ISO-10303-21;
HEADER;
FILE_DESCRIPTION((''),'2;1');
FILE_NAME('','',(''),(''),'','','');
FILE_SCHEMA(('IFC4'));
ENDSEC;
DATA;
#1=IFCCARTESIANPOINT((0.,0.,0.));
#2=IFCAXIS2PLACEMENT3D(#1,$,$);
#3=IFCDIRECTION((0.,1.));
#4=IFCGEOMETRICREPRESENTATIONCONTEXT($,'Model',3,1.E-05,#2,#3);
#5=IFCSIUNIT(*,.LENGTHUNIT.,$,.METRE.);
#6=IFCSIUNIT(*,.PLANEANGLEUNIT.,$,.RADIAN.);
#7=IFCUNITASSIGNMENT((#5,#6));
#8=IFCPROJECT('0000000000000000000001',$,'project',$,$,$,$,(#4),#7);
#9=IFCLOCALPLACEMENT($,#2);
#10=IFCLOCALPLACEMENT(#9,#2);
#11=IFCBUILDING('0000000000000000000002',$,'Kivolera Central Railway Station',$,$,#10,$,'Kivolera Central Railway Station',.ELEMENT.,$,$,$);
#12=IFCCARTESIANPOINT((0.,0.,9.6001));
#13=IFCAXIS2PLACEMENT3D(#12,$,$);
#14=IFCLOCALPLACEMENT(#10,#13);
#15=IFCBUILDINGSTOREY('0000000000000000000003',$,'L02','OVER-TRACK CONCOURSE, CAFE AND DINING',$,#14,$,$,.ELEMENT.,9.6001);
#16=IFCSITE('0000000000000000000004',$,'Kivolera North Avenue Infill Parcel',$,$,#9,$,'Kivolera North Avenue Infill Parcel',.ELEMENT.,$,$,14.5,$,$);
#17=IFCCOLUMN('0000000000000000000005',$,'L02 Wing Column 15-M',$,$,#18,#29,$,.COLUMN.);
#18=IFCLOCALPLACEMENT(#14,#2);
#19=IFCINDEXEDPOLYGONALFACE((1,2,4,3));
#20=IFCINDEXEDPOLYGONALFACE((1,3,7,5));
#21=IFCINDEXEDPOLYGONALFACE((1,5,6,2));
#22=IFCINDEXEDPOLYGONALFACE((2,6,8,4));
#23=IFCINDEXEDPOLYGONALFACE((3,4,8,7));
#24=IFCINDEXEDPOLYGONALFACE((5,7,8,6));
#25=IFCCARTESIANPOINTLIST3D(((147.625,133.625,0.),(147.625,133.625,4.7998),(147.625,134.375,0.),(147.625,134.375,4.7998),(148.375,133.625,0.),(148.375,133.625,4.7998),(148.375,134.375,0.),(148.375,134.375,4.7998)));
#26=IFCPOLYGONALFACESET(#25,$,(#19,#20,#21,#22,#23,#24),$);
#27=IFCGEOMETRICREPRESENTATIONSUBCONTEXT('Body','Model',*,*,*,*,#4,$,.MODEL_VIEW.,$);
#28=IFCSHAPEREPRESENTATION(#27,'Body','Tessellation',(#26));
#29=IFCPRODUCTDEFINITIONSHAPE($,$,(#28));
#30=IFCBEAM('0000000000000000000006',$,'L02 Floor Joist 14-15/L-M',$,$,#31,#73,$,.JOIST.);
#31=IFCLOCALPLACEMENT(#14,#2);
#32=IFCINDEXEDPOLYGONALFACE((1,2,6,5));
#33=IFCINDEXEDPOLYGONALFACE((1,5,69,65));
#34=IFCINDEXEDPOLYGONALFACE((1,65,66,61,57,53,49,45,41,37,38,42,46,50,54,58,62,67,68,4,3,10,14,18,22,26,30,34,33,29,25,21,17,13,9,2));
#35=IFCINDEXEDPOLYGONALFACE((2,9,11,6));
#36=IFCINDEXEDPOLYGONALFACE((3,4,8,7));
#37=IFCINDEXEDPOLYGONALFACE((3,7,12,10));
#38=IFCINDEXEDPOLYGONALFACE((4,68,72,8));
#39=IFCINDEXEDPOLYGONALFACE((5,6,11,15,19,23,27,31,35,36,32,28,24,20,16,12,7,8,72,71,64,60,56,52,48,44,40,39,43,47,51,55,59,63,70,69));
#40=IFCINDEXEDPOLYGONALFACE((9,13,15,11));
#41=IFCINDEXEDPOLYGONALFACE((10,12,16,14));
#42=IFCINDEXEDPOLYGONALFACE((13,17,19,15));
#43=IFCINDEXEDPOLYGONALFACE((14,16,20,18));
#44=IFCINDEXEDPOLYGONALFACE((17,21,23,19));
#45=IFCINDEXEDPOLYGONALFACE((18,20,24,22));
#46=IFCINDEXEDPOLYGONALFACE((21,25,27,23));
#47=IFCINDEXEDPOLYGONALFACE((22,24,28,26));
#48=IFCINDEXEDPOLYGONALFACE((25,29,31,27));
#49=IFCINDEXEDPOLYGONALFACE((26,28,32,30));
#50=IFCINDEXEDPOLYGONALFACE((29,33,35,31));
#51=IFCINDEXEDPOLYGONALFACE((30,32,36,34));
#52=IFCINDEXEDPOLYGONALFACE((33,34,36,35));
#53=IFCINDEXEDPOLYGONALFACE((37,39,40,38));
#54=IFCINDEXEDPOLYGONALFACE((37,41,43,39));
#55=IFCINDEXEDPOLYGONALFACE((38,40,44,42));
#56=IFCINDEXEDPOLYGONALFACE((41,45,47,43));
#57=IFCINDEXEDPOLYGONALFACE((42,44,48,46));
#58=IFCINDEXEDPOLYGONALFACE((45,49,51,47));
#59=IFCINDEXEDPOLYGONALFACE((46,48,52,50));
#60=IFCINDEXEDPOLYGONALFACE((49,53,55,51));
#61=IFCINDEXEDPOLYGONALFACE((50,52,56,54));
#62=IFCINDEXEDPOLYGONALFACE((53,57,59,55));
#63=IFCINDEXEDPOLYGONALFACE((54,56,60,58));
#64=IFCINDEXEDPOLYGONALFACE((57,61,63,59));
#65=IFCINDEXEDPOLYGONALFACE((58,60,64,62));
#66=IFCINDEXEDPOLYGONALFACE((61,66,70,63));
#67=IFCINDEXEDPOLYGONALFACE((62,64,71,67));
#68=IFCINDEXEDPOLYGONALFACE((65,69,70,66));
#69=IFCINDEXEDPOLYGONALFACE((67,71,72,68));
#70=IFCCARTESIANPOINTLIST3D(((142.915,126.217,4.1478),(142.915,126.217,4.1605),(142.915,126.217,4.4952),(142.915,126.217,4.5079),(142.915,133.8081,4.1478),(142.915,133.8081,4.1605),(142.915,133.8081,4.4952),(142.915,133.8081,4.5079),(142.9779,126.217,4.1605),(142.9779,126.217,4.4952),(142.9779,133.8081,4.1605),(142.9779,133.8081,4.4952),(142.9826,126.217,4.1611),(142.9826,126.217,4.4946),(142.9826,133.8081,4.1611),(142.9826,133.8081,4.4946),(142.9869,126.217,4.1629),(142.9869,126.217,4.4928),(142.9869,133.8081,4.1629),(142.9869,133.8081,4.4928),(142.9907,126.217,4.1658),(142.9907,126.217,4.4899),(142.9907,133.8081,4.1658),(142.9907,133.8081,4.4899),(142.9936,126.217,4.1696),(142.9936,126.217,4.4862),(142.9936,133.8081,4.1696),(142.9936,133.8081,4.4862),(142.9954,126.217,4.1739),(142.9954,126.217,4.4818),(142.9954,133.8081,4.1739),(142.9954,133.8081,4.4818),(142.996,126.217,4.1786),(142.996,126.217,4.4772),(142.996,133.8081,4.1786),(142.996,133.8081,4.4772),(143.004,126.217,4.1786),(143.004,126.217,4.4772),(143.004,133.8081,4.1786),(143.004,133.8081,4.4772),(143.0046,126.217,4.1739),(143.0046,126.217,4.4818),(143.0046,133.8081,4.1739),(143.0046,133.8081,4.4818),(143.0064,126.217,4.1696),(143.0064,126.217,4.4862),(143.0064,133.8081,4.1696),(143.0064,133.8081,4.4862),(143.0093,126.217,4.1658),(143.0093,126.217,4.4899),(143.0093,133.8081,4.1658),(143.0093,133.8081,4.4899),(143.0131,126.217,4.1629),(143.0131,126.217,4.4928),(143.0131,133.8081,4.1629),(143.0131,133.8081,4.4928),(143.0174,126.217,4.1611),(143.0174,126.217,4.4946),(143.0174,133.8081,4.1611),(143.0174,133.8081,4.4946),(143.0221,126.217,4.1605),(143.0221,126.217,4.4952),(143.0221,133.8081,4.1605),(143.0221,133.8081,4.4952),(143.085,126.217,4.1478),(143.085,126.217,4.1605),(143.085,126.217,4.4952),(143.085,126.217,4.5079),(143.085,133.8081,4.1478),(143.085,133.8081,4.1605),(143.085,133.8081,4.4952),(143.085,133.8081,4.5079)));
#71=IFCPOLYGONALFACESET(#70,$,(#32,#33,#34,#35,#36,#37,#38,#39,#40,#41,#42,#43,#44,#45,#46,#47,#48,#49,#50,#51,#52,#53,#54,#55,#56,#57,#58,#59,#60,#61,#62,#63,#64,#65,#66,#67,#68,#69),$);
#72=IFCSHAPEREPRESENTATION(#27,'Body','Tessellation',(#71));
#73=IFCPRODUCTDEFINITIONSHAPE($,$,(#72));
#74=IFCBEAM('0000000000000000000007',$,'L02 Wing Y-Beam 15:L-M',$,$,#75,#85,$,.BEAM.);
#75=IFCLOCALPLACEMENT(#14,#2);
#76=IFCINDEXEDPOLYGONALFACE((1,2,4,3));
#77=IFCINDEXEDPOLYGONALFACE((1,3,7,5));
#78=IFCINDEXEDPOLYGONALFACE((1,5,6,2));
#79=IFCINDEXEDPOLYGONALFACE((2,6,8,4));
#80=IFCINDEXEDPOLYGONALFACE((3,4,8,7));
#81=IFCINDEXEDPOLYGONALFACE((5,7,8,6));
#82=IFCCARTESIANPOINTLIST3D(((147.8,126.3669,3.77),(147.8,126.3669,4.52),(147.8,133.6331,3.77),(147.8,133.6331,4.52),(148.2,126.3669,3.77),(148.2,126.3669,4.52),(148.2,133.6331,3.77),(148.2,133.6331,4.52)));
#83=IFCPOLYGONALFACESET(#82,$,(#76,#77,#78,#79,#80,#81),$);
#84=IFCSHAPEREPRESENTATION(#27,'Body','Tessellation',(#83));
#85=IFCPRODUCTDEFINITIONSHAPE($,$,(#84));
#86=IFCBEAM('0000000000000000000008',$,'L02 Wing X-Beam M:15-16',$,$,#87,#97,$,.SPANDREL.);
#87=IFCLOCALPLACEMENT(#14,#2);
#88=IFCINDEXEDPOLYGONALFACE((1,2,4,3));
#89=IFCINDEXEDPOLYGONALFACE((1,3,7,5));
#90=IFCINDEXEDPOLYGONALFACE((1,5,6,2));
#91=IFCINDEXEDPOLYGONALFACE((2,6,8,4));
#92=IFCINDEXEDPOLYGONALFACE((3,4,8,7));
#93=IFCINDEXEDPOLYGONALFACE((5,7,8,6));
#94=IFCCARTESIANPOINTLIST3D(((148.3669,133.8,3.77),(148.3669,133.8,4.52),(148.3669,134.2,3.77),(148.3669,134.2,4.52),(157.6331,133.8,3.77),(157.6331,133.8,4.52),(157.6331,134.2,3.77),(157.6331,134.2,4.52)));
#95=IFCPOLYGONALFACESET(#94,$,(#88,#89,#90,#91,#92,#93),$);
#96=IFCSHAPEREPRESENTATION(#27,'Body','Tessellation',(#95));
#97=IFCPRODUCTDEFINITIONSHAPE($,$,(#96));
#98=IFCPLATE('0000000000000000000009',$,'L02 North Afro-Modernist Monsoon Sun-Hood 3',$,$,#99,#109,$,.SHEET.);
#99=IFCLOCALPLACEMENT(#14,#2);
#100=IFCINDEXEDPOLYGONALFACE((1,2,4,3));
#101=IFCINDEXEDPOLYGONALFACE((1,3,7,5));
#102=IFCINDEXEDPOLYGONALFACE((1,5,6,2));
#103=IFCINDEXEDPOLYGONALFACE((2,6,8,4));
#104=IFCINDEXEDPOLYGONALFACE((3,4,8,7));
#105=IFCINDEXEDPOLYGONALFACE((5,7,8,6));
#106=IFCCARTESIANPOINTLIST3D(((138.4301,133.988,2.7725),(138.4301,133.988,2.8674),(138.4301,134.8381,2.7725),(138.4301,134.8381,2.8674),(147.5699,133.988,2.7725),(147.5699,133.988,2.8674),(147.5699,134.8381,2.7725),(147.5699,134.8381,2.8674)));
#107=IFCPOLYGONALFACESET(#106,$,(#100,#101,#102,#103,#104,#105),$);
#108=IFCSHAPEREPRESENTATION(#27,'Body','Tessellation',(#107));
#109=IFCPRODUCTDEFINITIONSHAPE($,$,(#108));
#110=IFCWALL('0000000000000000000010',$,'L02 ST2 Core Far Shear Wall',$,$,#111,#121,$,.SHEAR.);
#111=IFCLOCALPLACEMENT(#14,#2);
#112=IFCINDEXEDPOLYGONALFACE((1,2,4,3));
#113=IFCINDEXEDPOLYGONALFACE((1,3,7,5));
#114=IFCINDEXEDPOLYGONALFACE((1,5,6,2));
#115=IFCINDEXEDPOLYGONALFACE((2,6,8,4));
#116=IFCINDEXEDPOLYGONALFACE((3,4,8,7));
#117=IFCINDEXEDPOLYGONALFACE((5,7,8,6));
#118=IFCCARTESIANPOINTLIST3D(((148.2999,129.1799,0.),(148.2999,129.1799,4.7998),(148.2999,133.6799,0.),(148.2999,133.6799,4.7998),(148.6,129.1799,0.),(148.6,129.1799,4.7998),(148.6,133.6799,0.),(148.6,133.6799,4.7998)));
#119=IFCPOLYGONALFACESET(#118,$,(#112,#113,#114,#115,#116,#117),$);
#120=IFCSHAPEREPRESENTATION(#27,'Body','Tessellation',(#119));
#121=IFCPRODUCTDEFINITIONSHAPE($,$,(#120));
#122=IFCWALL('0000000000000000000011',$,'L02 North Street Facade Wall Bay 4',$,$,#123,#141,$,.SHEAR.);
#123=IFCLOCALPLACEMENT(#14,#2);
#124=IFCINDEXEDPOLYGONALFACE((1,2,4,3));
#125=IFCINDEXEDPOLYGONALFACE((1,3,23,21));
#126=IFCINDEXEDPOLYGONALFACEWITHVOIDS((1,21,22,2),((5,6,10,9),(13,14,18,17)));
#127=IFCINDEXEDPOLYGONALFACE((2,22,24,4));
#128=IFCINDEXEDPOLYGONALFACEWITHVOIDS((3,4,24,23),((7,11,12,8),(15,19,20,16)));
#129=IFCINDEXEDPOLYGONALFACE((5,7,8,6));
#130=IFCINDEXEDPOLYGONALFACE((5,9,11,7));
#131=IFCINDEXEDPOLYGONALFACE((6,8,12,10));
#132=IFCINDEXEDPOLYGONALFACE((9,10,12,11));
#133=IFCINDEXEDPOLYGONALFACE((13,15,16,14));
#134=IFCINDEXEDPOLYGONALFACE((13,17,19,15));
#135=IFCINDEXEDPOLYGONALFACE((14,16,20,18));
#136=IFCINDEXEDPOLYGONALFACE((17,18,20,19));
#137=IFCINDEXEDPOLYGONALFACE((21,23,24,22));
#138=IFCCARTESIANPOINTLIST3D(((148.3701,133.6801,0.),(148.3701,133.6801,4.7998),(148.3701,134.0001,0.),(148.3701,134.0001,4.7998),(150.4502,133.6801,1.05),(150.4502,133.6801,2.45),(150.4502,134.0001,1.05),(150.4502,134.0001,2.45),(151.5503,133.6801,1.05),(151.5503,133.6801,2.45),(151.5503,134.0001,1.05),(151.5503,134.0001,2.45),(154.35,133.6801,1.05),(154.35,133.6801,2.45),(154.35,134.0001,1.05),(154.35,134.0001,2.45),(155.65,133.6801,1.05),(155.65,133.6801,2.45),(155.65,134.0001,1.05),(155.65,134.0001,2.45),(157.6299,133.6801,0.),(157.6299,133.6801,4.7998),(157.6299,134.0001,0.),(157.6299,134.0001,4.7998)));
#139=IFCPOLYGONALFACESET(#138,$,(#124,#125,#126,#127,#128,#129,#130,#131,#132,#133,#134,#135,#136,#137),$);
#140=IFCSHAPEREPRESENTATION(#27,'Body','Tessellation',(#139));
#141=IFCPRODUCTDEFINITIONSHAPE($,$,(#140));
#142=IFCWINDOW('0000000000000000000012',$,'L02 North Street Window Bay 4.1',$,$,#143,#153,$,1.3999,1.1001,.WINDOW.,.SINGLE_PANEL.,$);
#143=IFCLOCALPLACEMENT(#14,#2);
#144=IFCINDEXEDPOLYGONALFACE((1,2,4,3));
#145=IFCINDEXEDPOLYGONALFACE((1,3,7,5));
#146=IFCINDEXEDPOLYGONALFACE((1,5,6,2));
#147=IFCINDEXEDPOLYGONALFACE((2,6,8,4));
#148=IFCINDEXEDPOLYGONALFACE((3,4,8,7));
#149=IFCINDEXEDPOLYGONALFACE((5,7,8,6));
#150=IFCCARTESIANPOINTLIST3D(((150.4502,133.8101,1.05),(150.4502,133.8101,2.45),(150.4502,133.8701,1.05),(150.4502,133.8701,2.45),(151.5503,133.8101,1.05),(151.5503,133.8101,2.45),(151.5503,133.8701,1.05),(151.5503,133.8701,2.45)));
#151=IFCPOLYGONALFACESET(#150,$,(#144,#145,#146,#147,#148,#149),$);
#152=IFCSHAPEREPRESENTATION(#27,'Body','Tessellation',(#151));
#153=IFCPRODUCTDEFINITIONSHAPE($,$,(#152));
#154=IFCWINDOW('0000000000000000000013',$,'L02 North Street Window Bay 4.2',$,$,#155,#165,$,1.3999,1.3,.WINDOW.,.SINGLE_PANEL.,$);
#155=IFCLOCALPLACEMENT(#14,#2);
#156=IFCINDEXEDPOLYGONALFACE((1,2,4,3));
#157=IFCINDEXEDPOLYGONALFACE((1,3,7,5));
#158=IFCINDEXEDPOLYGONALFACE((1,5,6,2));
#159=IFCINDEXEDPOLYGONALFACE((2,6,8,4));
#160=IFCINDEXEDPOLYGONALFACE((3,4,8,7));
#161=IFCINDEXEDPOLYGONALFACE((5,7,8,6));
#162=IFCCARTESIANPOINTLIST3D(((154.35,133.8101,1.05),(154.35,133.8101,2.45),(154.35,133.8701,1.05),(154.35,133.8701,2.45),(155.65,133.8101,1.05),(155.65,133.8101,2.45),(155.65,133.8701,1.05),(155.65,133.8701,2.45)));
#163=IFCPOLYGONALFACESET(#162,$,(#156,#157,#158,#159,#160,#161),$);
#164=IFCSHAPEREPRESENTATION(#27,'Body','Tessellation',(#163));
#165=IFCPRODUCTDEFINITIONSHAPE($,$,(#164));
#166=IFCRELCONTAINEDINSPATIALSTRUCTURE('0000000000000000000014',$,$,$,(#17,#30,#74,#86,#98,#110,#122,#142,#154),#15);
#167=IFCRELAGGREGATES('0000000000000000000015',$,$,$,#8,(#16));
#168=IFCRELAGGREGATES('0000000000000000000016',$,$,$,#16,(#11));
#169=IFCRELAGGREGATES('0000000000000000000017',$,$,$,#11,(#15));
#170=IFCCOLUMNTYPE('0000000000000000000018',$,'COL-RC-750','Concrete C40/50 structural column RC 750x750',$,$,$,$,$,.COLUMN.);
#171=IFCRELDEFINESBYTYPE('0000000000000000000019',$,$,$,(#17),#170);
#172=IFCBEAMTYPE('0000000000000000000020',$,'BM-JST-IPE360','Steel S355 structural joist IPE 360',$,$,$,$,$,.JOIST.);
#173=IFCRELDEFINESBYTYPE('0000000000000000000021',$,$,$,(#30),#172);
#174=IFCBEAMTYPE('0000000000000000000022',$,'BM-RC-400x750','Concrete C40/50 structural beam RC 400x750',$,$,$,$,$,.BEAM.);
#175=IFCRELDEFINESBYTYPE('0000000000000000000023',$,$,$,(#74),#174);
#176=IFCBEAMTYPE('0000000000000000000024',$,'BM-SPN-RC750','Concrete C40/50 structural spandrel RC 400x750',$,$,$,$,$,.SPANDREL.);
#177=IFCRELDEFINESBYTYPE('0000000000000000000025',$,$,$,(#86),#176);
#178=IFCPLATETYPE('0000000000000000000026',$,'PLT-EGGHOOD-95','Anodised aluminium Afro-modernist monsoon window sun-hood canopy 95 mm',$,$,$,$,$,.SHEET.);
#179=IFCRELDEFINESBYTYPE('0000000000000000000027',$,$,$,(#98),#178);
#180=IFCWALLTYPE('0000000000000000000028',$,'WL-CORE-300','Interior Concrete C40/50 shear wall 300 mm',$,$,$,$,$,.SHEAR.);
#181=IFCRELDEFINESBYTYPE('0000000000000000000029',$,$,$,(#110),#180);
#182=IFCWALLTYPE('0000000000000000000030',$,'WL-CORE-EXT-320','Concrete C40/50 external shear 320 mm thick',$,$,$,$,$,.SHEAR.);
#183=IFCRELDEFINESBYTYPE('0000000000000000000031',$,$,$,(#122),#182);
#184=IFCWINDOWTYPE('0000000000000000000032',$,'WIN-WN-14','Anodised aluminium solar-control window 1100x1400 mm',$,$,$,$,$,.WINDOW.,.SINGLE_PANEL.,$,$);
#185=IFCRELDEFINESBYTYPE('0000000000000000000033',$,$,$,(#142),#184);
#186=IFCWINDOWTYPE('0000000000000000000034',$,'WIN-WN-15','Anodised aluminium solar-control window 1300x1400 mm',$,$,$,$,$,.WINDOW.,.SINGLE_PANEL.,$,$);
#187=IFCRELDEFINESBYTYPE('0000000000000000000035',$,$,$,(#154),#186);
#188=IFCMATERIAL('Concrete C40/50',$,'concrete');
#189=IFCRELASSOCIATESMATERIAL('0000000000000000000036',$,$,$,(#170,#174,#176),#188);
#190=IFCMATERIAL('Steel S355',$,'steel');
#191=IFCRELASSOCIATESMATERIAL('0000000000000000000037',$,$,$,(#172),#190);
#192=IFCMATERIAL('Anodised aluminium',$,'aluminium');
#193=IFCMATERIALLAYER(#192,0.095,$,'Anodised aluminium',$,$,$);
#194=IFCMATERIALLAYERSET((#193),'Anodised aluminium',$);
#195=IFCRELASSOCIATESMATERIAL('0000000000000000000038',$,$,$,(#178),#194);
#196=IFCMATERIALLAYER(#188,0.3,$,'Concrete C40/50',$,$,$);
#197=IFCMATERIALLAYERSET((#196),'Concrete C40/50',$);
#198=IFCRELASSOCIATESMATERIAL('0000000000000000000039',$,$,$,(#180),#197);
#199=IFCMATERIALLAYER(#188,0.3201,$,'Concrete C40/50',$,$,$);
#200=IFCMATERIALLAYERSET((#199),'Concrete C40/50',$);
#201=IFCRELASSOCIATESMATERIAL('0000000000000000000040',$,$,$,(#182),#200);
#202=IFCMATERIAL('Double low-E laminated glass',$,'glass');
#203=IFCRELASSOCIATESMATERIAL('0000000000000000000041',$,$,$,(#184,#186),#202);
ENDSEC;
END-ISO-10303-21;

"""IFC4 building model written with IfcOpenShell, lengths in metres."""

from ifc_helpers import new_model, si_unit, direction, frame, frame_2d, origin, origin_2d, place, context, subcontext, project, spatial, rectangle, i_section, extrude, material, layer, layer_set, material_profile, profile_set, type_object, element, fill, save


model = new_model("IFC4")

# Units and contexts
model_context = context("Model", 3, precision=1e-05, world=origin(), true_north=direction((0.0, 1.0)))
body_context = subcontext(model_context, "Body", "Model", "MODEL_VIEW")
ifc_project = project(units=[si_unit("LENGTHUNIT", "METRE"), si_unit("PLANEANGLEUNIT", "RADIAN")], contexts=[model_context])

# Site, building, storey
site_placement = place(None, origin())
site = spatial("IfcSite", under=ifc_project, at=site_placement, Name="Kivolera North Avenue Infill Parcel", LongName="Kivolera North Avenue Infill Parcel", CompositionType="ELEMENT", RefElevation=14.5)
building_placement = place(site_placement, origin())
building = spatial("IfcBuilding", under=site, at=building_placement, Name="Kivolera Central Railway Station", LongName="Kivolera Central Railway Station", CompositionType="ELEMENT")
storey_placement = place(building_placement, frame((0.0, 0.0, 9.6001)))
storey = spatial("IfcBuildingStorey", under=building, at=storey_placement, Name="L02", Description="OVER-TRACK CONCOURSE, CAFE AND DINING", CompositionType="ELEMENT", Elevation=9.6001)

# Column
ifc_material_1 = material(Name="Concrete C40/50", Category="concrete")
ifc_material_profile_1 = material_profile(ifc_material_1, rectangle(XDim=0.75, YDim=0.75, at=origin_2d()), Name="RC 750x750")
ifc_profile_set_1 = profile_set([ifc_material_profile_1], Name="Concrete C40/50")
column_type = type_object("IfcColumnType", Name="COL-RC-750", Description="Concrete C40/50 structural column RC 750x750", PredefinedType="COLUMN", material=ifc_profile_set_1)
column_placement = place(storey_placement, frame((148.0, 134.0, 0.0), z_axis=(0.0, 0.0, 1.0), x_axis=(1.0, 0.0, 0.0)))
element("IfcColumn", 1, at=column_placement, inside=storey, type_object=column_type, Name="L02 Wing Column 15-M", PredefinedType="COLUMN", context=body_context, shape_type="SweptSolid", body=[
    extrude(rectangle(XDim=0.75, YDim=0.75, at=origin_2d()), origin(), (0.0, 0.0, 1.0), 4.7998),
])

# Beams
ifc_material_2 = material(Name="Steel S355", Category="steel")
ifc_material_profile_2 = material_profile(ifc_material_2, i_section(OverallWidth=0.1699, OverallDepth=0.3601, WebThickness=0.0081, FlangeThickness=0.0127, FilletRadius=0.0181, at=origin_2d()), Name="IPE 360")
ifc_profile_set_2 = profile_set([ifc_material_profile_2], Name="Steel S355")
beam_type_1 = type_object("IfcBeamType", Name="BM-JST-IPE360", Description="Steel S355 structural joist IPE 360", PredefinedType="JOIST", material=ifc_profile_set_2)
beam_1_placement = place(storey_placement, frame((143.0, 126.217, 4.3279), z_axis=(0.0, 1.0, 0.0), x_axis=(-1.0, 0.0, 0.0)))
element("IfcBeam", 2, at=beam_1_placement, inside=storey, type_object=beam_type_1, Name="L02 Floor Joist 14-15/L-M", PredefinedType="JOIST", context=body_context, shape_type="SweptSolid", body=[
    extrude(i_section(OverallWidth=0.1699, OverallDepth=0.3601, WebThickness=0.0081, FlangeThickness=0.0127, FilletRadius=0.0181, at=origin_2d()), origin(), (0.0, 0.0, 1.0), 7.5911),
])
ifc_material_profile_3 = material_profile(ifc_material_1, rectangle(XDim=0.3999, YDim=0.75, at=origin_2d()), Name="RC 400x750")
ifc_profile_set_3 = profile_set([ifc_material_profile_3], Name="Concrete C40/50")
beam_type_2 = type_object("IfcBeamType", Name="BM-RC-400x750", Description="Concrete C40/50 structural beam RC 400x750", PredefinedType="BEAM", material=ifc_profile_set_3)
beam_2_placement = place(storey_placement, frame((148.0, 126.3669, 4.145), z_axis=(0.0, 1.0, 0.0), x_axis=(-1.0, 0.0, 0.0)))
element("IfcBeam", 3, at=beam_2_placement, inside=storey, type_object=beam_type_2, Name="L02 Wing Y-Beam 15:L-M", PredefinedType="BEAM", context=body_context, shape_type="SweptSolid", body=[
    extrude(rectangle(XDim=0.3999, YDim=0.75, at=origin_2d()), origin(), (0.0, 0.0, 1.0), 7.2661),
])
ifc_material_profile_4 = material_profile(ifc_material_1, rectangle(XDim=0.3999, YDim=0.75, at=origin_2d()), Name="RC 400x750")
ifc_profile_set_4 = profile_set([ifc_material_profile_4], Name="Concrete C40/50")
beam_type_3 = type_object("IfcBeamType", Name="BM-SPN-RC750", Description="Concrete C40/50 structural spandrel RC 400x750", PredefinedType="SPANDREL", material=ifc_profile_set_4)
beam_3_placement = place(storey_placement, frame((148.3669, 134.0, 4.145), z_axis=(1.0, 0.0, 0.0), x_axis=(0.0, 1.0, 0.0)))
element("IfcBeam", 4, at=beam_3_placement, inside=storey, type_object=beam_type_3, Name="L02 Wing X-Beam M:15-16", PredefinedType="SPANDREL", context=body_context, shape_type="SweptSolid", body=[
    extrude(rectangle(XDim=0.3999, YDim=0.75, at=origin_2d()), origin(), (0.0, 0.0, 1.0), 9.2661),
])

# Plate
ifc_material_3 = material(Name="Anodised aluminium", Category="aluminium")
ifc_layer_1 = layer(ifc_material_3, 0.095, Name="Anodised aluminium")
ifc_layer_set_1 = layer_set([ifc_layer_1], Name="Anodised aluminium")
plate_type = type_object("IfcPlateType", Name="PLT-EGGHOOD-95", Description="Anodised aluminium Afro-modernist monsoon window sun-hood canopy 95 mm", PredefinedType="SHEET", material=ifc_layer_set_1)
plate_placement = place(storey_placement, frame((143.0, 134.4131, 2.7725), z_axis=(0.0, 0.0, 1.0), x_axis=(1.0, 0.0, 0.0)))
element("IfcPlate", 5, at=plate_placement, inside=storey, type_object=plate_type, Name="L02 North Afro-Modernist Monsoon Sun-Hood 3", PredefinedType="SHEET", context=body_context, shape_type="SweptSolid", body=[
    extrude(rectangle(XDim=9.1399, YDim=0.8501, at=origin_2d()), origin(), (0.0, 0.0, 1.0), 0.095),
])

# Wall
ifc_layer_2 = layer(ifc_material_1, 0.3, Name="Concrete C40/50")
ifc_layer_set_2 = layer_set([ifc_layer_2], Name="Concrete C40/50")
wall_type_1 = type_object("IfcWallType", Name="WL-CORE-300", Description="Interior Concrete C40/50 shear wall 300 mm", PredefinedType="SHEAR", material=ifc_layer_set_2)
wall_1_placement = place(storey_placement, frame((148.45, 129.1799, 0.0), z_axis=(0.0, 0.0, 1.0), x_axis=(0.0, 1.0, 0.0)))
element("IfcWall", 6, at=wall_1_placement, inside=storey, type_object=wall_type_1, Name="L02 ST2 Core Far Shear Wall", PredefinedType="SHEAR", context=body_context, shape_type="SweptSolid", body=[
    extrude(rectangle(XDim=4.5, YDim=0.3, at=frame_2d((2.25, 0.0))), origin(), (0.0, 0.0, 1.0), 4.7998),
])

# Wall, openings, windows
ifc_layer_3 = layer(ifc_material_1, 0.3201, Name="Concrete C40/50")
ifc_layer_set_3 = layer_set([ifc_layer_3], Name="Concrete C40/50")
wall_type_2 = type_object("IfcWallType", Name="WL-CORE-EXT-320", Description="Concrete C40/50 external shear 320 mm thick", PredefinedType="SHEAR", material=ifc_layer_set_3)
wall_2_placement = place(storey_placement, frame((148.3701, 133.8401, 0.0), z_axis=(0.0, 0.0, 1.0), x_axis=(1.0, 0.0, 0.0)))
wall_2 = element("IfcWall", 7, at=wall_2_placement, inside=storey, type_object=wall_type_2, Name="L02 North Street Facade Wall Bay 4", PredefinedType="SHEAR", context=body_context, shape_type="SweptSolid", body=[
    extrude(rectangle(XDim=9.2598, YDim=0.3201, at=frame_2d((4.6299, 0.0))), origin(), (0.0, 0.0, 1.0), 4.7998),
])
opening_1_placement = place(wall_2_placement, frame((2.0801, 0.0, 1.05)))
opening_1 = element("IfcOpeningElement", 8, at=opening_1_placement, cuts=wall_2, PredefinedType="OPENING", context=body_context, shape_type="SweptSolid", body=[
    extrude(rectangle(XDim=1.1001, YDim=1.3999, at=frame_2d((0.55, 0.7))), frame((0.0, 0.1699, 0.0), z_axis=(0.0, -1.0, 0.0), x_axis=(1.0, 0.0, 0.0)), (0.0, 0.0, 1.0), 0.3401),
])
opening_2_placement = place(wall_2_placement, frame((5.98, 0.0, 1.05)))
opening_2 = element("IfcOpeningElement", 9, at=opening_2_placement, cuts=wall_2, PredefinedType="OPENING", context=body_context, shape_type="SweptSolid", body=[
    extrude(rectangle(XDim=1.3, YDim=1.3999, at=frame_2d((0.6499, 0.7))), frame((0.0, 0.1699, 0.0), z_axis=(0.0, -1.0, 0.0), x_axis=(1.0, 0.0, 0.0)), (0.0, 0.0, 1.0), 0.3401),
])
ifc_material_4 = material(Name="Double low-E laminated glass", Category="glass")
window_type_1 = type_object("IfcWindowType", Name="WIN-WN-14", Description="Anodised aluminium solar-control window 1100x1400 mm", PartitioningType="SINGLE_PANEL", PredefinedType="WINDOW", material=ifc_material_4)
window_1_placement = place(opening_1_placement, origin())
window_1 = element("IfcWindow", 10, at=window_1_placement, inside=storey, type_object=window_type_1, Name="L02 North Street Window Bay 4.1", OverallHeight=1.3999, OverallWidth=1.1001, PartitioningType="SINGLE_PANEL", PredefinedType="WINDOW", context=body_context, shape_type="SweptSolid", body=[
    extrude(rectangle(XDim=1.1001, YDim=1.3999, at=frame_2d((0.55, 0.7))), frame((0.0, 0.03, 0.0), z_axis=(0.0, -1.0, 0.0), x_axis=(1.0, 0.0, 0.0)), (0.0, 0.0, 1.0), 0.0601),
])
fill(opening_1, window_1)
window_type_2 = type_object("IfcWindowType", Name="WIN-WN-15", Description="Anodised aluminium solar-control window 1300x1400 mm", PartitioningType="SINGLE_PANEL", PredefinedType="WINDOW", material=ifc_material_4)
window_2_placement = place(opening_2_placement, origin())
window_2 = element("IfcWindow", 11, at=window_2_placement, inside=storey, type_object=window_type_2, Name="L02 North Street Window Bay 4.2", OverallHeight=1.3999, OverallWidth=1.3, PartitioningType="SINGLE_PANEL", PredefinedType="WINDOW", context=body_context, shape_type="SweptSolid", body=[
    extrude(rectangle(XDim=1.3, YDim=1.3999, at=frame_2d((0.6499, 0.7))), frame((0.0, 0.03, 0.0), z_axis=(0.0, -1.0, 0.0), x_axis=(1.0, 0.0, 0.0)), (0.0, 0.0, 1.0), 0.0601),
])
fill(opening_2, window_2)

save(model, "model.ifc")
